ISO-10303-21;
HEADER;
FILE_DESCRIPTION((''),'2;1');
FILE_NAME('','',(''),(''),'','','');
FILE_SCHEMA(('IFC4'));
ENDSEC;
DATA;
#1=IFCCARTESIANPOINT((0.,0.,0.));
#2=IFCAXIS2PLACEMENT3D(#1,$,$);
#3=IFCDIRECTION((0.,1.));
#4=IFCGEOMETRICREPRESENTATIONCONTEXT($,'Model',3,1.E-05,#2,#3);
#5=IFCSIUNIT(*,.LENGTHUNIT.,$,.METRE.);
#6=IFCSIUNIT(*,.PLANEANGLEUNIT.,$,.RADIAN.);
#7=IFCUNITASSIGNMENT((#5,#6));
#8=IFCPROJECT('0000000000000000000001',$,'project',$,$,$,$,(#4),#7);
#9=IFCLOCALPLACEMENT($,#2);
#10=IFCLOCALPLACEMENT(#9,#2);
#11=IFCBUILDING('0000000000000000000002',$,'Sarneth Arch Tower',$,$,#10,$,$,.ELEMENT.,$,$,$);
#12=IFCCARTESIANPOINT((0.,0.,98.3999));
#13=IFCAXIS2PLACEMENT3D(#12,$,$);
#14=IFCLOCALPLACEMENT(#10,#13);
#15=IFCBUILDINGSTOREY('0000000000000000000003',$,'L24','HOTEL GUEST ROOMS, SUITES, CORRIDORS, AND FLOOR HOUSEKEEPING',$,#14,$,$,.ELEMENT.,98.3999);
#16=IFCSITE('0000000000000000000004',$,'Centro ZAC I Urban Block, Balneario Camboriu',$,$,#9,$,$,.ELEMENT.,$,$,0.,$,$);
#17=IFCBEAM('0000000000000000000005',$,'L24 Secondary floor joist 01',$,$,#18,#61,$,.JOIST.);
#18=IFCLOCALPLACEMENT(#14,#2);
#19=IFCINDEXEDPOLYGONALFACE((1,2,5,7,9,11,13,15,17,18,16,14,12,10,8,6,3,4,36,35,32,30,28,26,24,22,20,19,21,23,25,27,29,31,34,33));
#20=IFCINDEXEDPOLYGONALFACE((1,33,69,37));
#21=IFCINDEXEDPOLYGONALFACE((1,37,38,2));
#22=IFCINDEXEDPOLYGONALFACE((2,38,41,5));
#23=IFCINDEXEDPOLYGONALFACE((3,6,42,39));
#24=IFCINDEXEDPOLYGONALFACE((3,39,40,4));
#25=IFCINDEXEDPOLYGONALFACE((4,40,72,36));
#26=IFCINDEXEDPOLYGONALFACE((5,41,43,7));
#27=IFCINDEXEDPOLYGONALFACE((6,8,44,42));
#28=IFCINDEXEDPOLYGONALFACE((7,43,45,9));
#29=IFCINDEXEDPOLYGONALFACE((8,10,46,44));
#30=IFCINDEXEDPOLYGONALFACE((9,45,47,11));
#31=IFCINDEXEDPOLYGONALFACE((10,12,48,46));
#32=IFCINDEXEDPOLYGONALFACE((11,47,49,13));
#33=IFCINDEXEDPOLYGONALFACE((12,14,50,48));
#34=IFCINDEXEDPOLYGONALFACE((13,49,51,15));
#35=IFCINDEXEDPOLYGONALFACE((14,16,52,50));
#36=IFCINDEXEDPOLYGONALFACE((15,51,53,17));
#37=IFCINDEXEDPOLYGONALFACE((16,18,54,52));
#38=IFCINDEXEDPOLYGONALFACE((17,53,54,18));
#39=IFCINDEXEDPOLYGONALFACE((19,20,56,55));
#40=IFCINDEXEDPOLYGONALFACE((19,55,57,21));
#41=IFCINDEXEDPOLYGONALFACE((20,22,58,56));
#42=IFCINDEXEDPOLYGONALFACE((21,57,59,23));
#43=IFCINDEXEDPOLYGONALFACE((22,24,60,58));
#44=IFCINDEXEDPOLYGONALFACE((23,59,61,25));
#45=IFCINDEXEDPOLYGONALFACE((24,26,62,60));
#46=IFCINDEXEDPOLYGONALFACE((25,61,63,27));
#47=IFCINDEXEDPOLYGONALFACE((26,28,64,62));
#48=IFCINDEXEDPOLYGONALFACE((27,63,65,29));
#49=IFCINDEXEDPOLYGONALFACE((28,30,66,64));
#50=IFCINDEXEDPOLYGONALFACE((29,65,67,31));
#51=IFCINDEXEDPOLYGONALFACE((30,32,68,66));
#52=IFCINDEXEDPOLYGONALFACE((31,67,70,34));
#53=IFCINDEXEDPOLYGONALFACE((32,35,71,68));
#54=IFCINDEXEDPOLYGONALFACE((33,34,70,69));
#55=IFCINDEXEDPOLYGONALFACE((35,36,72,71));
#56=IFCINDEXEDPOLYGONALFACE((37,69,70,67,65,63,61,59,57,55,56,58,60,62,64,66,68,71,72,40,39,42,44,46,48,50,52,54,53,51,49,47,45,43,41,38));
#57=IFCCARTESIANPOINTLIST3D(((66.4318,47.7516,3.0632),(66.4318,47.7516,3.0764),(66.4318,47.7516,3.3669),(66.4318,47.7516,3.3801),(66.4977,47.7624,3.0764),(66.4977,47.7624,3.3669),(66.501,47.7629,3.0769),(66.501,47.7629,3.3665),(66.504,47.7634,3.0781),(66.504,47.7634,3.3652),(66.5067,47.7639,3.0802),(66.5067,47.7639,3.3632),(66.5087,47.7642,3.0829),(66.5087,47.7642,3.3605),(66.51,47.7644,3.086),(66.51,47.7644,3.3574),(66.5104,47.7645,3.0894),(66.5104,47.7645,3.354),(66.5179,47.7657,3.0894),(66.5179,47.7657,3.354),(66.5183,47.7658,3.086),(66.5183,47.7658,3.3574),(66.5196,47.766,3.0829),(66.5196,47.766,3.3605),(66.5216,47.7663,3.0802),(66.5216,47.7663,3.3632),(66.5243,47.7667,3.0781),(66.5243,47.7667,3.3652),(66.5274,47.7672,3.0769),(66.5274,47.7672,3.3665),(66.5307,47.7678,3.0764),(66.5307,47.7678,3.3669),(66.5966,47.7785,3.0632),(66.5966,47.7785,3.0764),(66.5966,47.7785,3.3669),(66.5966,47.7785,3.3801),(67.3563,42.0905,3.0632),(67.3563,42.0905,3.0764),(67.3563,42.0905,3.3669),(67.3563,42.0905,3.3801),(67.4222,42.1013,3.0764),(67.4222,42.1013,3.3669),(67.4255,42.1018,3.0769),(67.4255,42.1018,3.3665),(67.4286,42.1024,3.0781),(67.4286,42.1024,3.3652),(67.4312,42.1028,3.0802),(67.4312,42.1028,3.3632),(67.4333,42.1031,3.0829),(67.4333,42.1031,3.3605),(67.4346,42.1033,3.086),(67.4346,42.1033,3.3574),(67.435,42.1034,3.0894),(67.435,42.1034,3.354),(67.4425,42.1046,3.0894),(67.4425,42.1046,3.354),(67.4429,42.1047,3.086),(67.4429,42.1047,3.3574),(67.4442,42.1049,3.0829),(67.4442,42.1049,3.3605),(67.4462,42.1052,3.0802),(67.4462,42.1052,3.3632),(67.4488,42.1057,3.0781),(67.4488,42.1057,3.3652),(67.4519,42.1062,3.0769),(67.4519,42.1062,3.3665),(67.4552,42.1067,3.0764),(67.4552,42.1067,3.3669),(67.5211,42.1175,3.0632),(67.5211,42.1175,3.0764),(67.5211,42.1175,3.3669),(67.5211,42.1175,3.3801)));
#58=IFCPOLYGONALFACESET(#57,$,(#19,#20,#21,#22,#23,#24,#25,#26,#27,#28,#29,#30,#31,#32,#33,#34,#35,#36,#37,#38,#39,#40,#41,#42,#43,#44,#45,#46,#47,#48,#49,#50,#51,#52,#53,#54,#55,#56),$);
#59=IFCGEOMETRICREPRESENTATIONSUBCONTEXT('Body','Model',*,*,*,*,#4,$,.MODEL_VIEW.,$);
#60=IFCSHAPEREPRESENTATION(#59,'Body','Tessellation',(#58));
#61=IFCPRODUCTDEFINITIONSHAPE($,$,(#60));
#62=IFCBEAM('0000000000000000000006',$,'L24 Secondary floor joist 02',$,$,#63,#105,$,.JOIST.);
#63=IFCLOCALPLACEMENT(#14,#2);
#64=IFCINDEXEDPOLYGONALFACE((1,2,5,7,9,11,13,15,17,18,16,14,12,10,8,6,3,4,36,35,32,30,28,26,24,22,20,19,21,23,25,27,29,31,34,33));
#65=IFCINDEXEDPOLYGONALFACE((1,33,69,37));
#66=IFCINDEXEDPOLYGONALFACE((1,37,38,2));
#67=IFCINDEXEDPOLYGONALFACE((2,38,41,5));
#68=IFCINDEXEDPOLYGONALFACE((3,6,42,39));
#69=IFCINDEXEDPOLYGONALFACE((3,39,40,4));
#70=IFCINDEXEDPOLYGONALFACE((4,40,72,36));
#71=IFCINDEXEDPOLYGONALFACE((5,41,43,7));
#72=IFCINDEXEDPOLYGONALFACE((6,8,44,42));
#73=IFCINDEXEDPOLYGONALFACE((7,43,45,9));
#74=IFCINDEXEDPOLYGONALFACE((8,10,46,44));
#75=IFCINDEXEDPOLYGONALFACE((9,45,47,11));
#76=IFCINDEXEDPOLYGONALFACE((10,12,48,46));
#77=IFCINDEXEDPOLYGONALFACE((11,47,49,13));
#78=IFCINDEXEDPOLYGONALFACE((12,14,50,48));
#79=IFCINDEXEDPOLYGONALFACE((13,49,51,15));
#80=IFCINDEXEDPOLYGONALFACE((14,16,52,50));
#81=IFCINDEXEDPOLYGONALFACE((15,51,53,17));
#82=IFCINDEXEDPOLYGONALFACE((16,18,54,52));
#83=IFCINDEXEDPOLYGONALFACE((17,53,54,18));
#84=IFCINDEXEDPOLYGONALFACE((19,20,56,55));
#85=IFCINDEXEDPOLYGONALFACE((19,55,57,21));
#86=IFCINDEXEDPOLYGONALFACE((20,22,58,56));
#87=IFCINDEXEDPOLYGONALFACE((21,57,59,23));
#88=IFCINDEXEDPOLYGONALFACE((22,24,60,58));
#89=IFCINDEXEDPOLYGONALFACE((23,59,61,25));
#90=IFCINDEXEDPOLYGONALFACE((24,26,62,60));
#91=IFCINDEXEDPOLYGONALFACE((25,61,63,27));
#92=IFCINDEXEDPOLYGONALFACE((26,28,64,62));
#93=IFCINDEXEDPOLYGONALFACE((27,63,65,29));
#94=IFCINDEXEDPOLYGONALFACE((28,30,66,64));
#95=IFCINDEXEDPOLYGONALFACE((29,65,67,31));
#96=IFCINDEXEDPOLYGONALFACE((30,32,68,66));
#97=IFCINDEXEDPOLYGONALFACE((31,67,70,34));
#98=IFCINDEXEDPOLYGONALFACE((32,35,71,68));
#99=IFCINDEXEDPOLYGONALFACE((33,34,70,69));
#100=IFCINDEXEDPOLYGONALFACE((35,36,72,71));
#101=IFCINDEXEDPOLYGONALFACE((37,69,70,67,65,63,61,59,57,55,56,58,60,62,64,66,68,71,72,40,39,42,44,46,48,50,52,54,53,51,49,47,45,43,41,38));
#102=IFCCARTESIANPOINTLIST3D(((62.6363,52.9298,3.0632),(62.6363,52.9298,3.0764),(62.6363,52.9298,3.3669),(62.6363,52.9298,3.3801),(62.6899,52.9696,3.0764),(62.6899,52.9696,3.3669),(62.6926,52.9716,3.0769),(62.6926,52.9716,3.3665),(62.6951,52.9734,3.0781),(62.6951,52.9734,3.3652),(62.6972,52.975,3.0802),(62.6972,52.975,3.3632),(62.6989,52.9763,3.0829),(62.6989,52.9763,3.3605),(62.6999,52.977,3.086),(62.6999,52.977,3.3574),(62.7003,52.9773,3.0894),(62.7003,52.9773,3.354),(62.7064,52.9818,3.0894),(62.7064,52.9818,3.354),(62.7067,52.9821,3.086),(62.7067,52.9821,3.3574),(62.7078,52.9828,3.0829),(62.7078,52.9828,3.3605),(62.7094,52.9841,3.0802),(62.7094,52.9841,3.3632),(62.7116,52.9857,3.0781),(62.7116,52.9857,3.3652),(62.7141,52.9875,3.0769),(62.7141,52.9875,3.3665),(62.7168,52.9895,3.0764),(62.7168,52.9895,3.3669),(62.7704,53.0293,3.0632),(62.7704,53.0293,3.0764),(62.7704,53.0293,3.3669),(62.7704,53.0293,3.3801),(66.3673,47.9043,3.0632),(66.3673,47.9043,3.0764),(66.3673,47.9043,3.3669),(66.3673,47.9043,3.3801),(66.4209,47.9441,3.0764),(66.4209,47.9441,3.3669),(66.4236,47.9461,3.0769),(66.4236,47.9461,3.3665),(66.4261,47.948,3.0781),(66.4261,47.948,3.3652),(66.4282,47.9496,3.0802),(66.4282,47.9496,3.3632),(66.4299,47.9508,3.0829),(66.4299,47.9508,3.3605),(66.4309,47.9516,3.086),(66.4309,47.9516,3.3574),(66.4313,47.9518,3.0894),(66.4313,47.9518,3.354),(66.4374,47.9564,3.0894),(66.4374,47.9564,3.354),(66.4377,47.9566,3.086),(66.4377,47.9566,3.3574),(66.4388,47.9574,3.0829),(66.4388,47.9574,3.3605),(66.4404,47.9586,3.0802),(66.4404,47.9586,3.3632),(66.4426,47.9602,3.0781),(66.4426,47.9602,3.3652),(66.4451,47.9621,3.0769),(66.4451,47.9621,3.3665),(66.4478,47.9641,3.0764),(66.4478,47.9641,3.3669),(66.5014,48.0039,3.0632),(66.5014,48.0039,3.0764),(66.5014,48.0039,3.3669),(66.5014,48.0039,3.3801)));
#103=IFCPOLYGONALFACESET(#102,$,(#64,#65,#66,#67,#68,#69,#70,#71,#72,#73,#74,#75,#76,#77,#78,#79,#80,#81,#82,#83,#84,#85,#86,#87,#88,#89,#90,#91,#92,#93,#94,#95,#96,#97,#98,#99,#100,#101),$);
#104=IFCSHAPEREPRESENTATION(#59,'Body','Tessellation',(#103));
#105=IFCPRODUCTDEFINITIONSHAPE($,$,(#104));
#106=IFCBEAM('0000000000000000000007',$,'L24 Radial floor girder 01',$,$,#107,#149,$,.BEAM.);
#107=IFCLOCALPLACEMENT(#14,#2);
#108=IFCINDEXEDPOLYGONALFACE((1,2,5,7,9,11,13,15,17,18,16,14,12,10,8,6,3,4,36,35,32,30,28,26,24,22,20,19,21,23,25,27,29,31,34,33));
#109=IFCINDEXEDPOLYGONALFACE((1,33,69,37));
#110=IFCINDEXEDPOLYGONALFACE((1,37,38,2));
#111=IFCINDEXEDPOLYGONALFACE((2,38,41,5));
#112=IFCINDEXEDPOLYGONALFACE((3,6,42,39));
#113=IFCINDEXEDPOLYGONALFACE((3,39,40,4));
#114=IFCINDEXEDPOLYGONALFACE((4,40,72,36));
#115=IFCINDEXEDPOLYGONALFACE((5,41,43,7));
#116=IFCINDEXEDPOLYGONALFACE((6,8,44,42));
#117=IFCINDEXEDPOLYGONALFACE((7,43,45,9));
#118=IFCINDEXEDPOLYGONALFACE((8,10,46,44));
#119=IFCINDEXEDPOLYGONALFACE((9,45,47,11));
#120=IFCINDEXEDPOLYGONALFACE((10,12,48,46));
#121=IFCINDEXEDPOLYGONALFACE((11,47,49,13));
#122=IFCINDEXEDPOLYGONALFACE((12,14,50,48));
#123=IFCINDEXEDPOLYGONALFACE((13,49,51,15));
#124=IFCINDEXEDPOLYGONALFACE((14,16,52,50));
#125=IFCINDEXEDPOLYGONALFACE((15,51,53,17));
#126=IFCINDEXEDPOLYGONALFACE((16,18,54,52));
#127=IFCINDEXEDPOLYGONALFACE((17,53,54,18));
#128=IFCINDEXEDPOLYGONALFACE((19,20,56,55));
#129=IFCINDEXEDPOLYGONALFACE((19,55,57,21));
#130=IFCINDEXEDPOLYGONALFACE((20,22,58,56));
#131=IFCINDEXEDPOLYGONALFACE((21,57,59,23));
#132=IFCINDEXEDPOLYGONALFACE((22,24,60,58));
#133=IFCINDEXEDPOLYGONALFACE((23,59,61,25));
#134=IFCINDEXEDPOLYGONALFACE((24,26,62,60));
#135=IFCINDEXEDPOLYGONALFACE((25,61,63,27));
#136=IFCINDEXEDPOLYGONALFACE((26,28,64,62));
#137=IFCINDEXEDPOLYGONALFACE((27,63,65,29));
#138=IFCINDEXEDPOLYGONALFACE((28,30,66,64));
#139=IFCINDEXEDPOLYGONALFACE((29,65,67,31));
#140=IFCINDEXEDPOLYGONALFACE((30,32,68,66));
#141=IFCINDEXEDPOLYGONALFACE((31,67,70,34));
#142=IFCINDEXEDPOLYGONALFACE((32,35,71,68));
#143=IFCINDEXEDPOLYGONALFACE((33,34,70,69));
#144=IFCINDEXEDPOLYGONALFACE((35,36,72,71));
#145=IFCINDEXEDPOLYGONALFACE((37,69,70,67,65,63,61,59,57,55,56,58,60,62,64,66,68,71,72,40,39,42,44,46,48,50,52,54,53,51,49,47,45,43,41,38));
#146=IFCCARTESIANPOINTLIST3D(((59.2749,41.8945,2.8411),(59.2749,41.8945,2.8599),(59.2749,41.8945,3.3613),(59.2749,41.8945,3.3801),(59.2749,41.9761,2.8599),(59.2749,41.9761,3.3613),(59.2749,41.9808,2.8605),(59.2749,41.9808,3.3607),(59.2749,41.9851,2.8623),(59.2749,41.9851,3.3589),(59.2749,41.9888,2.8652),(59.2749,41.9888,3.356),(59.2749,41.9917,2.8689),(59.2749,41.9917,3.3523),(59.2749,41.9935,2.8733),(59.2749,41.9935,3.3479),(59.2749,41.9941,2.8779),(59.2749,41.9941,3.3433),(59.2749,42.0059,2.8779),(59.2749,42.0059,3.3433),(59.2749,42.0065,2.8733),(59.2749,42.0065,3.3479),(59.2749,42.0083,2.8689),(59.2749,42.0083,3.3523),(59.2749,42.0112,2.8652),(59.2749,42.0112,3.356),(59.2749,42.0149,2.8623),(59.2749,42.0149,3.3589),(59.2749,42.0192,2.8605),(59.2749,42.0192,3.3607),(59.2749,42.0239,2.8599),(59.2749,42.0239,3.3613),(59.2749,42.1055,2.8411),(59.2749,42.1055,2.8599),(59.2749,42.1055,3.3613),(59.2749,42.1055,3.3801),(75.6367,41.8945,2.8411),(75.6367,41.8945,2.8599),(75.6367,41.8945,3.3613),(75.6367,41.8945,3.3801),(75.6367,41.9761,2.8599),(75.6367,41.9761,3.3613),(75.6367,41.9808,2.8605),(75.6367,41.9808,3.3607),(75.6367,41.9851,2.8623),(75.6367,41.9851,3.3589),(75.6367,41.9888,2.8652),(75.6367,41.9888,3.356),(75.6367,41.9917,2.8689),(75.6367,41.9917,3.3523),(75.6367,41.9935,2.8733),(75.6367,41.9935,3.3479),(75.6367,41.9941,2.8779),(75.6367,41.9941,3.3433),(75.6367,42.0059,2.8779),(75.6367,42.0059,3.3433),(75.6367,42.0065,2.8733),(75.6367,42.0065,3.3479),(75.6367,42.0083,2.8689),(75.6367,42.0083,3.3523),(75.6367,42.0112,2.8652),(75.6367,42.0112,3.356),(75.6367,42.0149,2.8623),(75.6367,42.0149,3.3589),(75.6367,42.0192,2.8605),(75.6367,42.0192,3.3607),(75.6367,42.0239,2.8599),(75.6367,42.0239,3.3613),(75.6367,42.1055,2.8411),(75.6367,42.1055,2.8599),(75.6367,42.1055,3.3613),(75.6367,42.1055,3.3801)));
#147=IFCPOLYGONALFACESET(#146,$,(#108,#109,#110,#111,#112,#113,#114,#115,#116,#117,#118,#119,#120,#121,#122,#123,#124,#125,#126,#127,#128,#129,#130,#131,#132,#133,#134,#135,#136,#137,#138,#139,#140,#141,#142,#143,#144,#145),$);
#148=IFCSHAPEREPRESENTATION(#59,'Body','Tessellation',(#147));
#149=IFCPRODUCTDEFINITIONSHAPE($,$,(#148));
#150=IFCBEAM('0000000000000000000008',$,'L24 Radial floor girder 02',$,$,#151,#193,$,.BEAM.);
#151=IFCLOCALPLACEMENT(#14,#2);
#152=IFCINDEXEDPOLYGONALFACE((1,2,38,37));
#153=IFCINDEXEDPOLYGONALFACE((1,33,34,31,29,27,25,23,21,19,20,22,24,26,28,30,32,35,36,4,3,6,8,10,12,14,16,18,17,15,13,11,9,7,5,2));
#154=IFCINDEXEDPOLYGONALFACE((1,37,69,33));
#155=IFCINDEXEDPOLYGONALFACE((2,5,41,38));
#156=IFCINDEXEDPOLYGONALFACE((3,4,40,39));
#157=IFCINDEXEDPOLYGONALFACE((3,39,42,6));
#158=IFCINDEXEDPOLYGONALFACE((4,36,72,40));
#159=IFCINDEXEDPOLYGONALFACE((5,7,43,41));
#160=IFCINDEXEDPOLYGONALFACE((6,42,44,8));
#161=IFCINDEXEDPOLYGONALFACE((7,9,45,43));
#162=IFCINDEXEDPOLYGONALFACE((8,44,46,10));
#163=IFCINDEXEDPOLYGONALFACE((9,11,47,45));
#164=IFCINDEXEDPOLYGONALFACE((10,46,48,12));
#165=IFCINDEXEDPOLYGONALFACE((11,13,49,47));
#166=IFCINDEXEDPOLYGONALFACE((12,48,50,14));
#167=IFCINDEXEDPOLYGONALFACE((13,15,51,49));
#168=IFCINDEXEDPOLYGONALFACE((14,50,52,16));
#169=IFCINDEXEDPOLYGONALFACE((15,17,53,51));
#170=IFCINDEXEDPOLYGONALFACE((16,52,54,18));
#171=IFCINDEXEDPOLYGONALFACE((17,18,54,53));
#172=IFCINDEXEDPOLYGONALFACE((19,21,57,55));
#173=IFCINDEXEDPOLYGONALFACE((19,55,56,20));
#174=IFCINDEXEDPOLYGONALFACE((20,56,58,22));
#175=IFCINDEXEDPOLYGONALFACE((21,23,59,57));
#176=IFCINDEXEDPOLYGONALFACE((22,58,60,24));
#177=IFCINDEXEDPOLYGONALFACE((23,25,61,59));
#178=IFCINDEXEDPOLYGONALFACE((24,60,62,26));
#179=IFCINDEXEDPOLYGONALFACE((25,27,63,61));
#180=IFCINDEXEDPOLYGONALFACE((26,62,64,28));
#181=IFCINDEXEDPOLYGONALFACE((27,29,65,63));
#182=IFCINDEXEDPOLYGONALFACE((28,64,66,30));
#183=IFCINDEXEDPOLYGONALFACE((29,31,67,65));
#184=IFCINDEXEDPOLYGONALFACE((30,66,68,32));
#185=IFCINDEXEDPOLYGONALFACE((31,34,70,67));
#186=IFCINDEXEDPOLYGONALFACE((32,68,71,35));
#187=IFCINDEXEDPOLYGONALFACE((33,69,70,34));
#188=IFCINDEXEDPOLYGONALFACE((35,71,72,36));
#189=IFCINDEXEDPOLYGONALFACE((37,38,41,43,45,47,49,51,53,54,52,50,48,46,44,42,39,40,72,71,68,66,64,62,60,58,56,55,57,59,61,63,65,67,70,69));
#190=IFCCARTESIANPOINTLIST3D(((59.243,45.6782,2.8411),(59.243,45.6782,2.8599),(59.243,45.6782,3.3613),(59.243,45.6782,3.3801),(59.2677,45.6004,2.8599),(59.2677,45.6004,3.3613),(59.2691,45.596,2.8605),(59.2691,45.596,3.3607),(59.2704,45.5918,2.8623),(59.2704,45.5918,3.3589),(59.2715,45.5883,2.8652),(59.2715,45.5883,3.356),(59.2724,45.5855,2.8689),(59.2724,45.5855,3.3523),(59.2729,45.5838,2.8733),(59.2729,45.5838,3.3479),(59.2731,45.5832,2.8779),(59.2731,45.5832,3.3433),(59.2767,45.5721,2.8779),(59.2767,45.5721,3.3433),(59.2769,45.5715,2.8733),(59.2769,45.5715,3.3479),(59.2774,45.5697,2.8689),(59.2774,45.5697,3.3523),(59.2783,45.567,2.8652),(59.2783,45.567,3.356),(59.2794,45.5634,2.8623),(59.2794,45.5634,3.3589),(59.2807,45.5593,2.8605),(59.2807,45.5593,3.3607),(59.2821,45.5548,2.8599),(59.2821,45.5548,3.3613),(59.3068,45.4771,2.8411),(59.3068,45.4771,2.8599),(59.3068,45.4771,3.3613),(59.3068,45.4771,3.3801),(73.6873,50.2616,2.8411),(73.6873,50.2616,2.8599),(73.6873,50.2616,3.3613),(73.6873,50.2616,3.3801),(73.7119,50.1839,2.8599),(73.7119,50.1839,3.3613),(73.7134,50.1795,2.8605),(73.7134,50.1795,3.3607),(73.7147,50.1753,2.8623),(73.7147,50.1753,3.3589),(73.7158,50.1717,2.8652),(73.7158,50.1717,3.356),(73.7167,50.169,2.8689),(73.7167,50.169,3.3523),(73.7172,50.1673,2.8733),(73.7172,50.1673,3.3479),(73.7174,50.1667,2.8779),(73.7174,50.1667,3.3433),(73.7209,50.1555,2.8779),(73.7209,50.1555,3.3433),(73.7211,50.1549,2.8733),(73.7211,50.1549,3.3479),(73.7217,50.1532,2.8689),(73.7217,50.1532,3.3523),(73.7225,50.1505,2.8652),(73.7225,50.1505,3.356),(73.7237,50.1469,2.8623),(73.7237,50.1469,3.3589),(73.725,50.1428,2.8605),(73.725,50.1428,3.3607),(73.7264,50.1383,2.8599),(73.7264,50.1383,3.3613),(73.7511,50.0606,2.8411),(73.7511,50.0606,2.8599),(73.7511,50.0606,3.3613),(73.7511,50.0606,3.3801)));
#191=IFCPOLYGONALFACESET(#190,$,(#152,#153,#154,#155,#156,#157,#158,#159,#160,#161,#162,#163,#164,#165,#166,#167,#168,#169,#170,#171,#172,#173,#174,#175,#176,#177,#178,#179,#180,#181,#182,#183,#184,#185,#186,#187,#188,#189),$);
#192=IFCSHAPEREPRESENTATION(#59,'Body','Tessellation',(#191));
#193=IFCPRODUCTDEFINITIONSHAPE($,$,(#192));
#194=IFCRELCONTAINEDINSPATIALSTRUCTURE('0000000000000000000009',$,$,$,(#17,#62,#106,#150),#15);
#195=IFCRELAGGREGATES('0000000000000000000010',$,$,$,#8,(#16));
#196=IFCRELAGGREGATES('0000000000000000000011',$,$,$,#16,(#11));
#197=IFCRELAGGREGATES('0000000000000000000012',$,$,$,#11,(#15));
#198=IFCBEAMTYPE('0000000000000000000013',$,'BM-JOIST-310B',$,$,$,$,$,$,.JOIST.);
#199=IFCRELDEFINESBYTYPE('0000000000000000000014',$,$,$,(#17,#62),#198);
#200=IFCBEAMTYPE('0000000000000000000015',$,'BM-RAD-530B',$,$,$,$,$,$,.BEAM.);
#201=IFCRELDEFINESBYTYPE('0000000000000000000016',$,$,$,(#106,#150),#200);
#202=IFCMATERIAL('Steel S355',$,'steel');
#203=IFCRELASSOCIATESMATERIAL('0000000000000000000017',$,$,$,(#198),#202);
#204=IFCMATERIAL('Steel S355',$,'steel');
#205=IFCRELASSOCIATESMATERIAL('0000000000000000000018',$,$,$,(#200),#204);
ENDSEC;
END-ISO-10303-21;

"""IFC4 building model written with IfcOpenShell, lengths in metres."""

from ifc_helpers import new_model, si_unit, direction, frame, origin, origin_2d, place, context, subcontext, project, spatial, i_section, extrude, material, material_profile, profile_set, type_object, element, save


model = new_model("IFC4")

# Units and contexts
model_context = context("Model", 3, precision=1e-05, world=origin(), true_north=direction((0.0, 1.0)))
body_context = subcontext(model_context, "Body", "Model", "MODEL_VIEW")
ifc_project = project(units=[si_unit("LENGTHUNIT", "METRE"), si_unit("PLANEANGLEUNIT", "RADIAN")], contexts=[model_context])

# Site, building, storey
site_placement = place(None, origin())
site = spatial("IfcSite", under=ifc_project, at=site_placement, Name="Centro ZAC I Urban Block, Balneario Camboriu", CompositionType="ELEMENT", RefElevation=0.0)
building_placement = place(site_placement, origin())
building = spatial("IfcBuilding", under=site, at=building_placement, Name="Sarneth Arch Tower", CompositionType="ELEMENT")
storey_placement = place(building_placement, frame((0.0, 0.0, 98.3999)))
storey = spatial("IfcBuildingStorey", under=building, at=storey_placement, Name="L24", Description="HOTEL GUEST ROOMS, SUITES, CORRIDORS, AND FLOOR HOUSEKEEPING", CompositionType="ELEMENT", Elevation=98.3999)

# Beams
ifc_material_1 = material(Name="Steel S355", Category="steel")
ifc_material_profile_1 = material_profile(ifc_material_1, i_section(OverallWidth=0.167, OverallDepth=0.3169, WebThickness=0.0076, FlangeThickness=0.0132, FilletRadius=0.0129, at=origin_2d()), Name="W310x52")
ifc_profile_set_1 = profile_set([ifc_material_profile_1], Name="Steel S355")
beam_type_1 = type_object("IfcBeamType", Name="BM-JOIST-310B", PredefinedType="JOIST", material=ifc_profile_set_1)
beam_1_placement = place(storey_placement, frame((67.4387, 42.104, 3.2217), z_axis=(-0.161182, 0.986925, 0.0), x_axis=(-0.986925, -0.161182, 0.0)))
element("IfcBeam", 1, at=beam_1_placement, inside=storey, type_object=beam_type_1, Name="L24 Secondary floor joist 01", PredefinedType="JOIST", context=body_context, shape_type="SweptSolid", body=[
    extrude(i_section(OverallWidth=0.167, OverallDepth=0.3169, WebThickness=0.0076, FlangeThickness=0.0132, FilletRadius=0.0129, at=origin_2d()), origin(), (0.0, 0.0, 1.0), 5.7361),
])
beam_2_placement = place(storey_placement, frame((66.4343, 47.9541, 3.2217), z_axis=(-0.596098, 0.802911, 0.0), x_axis=(-0.802911, -0.596098, 0.0)))
element("IfcBeam", 2, at=beam_2_placement, inside=storey, type_object=beam_type_1, Name="L24 Secondary floor joist 02", PredefinedType="JOIST", context=body_context, shape_type="SweptSolid", body=[
    extrude(i_section(OverallWidth=0.167, OverallDepth=0.3169, WebThickness=0.0076, FlangeThickness=0.0132, FilletRadius=0.0129, at=origin_2d()), origin(), (0.0, 0.0, 1.0), 6.259),
])
ifc_material_2 = material(Name="Steel S355", Category="steel")
ifc_material_profile_2 = material_profile(ifc_material_2, i_section(OverallWidth=0.2109, OverallDepth=0.5391, WebThickness=0.0117, FlangeThickness=0.0188, FilletRadius=0.0181, at=origin_2d()), Name="W530x109")
ifc_profile_set_2 = profile_set([ifc_material_profile_2], Name="Steel S355")
beam_type_2 = type_object("IfcBeamType", Name="BM-RAD-530B", PredefinedType="BEAM", material=ifc_profile_set_2)
beam_3_placement = place(storey_placement, frame((59.2749, 42.0, 3.1106), z_axis=(1.0, 0.0, 0.0), x_axis=(0.0, 1.0, 0.0)))
element("IfcBeam", 3, at=beam_3_placement, inside=storey, type_object=beam_type_2, Name="L24 Radial floor girder 01", PredefinedType="BEAM", context=body_context, shape_type="SweptSolid", body=[
    extrude(i_section(OverallWidth=0.2109, OverallDepth=0.5391, WebThickness=0.0117, FlangeThickness=0.0188, FilletRadius=0.0181, at=origin_2d()), origin(), (0.0, 0.0, 1.0), 16.3618),
])
beam_4_placement = place(storey_placement, frame((59.2749, 45.5776, 3.1106), z_axis=(0.953162, 0.302459, 0.0), x_axis=(-0.302459, 0.953162, 0.0)))
element("IfcBeam", 4, at=beam_4_placement, inside=storey, type_object=beam_type_2, Name="L24 Radial floor girder 02", PredefinedType="BEAM", context=body_context, shape_type="SweptSolid", body=[
    extrude(i_section(OverallWidth=0.2109, OverallDepth=0.5391, WebThickness=0.0117, FlangeThickness=0.0188, FilletRadius=0.0181, at=origin_2d()), origin(), (0.0, 0.0, 1.0), 15.1541),
])

save(model, "model.ifc")
